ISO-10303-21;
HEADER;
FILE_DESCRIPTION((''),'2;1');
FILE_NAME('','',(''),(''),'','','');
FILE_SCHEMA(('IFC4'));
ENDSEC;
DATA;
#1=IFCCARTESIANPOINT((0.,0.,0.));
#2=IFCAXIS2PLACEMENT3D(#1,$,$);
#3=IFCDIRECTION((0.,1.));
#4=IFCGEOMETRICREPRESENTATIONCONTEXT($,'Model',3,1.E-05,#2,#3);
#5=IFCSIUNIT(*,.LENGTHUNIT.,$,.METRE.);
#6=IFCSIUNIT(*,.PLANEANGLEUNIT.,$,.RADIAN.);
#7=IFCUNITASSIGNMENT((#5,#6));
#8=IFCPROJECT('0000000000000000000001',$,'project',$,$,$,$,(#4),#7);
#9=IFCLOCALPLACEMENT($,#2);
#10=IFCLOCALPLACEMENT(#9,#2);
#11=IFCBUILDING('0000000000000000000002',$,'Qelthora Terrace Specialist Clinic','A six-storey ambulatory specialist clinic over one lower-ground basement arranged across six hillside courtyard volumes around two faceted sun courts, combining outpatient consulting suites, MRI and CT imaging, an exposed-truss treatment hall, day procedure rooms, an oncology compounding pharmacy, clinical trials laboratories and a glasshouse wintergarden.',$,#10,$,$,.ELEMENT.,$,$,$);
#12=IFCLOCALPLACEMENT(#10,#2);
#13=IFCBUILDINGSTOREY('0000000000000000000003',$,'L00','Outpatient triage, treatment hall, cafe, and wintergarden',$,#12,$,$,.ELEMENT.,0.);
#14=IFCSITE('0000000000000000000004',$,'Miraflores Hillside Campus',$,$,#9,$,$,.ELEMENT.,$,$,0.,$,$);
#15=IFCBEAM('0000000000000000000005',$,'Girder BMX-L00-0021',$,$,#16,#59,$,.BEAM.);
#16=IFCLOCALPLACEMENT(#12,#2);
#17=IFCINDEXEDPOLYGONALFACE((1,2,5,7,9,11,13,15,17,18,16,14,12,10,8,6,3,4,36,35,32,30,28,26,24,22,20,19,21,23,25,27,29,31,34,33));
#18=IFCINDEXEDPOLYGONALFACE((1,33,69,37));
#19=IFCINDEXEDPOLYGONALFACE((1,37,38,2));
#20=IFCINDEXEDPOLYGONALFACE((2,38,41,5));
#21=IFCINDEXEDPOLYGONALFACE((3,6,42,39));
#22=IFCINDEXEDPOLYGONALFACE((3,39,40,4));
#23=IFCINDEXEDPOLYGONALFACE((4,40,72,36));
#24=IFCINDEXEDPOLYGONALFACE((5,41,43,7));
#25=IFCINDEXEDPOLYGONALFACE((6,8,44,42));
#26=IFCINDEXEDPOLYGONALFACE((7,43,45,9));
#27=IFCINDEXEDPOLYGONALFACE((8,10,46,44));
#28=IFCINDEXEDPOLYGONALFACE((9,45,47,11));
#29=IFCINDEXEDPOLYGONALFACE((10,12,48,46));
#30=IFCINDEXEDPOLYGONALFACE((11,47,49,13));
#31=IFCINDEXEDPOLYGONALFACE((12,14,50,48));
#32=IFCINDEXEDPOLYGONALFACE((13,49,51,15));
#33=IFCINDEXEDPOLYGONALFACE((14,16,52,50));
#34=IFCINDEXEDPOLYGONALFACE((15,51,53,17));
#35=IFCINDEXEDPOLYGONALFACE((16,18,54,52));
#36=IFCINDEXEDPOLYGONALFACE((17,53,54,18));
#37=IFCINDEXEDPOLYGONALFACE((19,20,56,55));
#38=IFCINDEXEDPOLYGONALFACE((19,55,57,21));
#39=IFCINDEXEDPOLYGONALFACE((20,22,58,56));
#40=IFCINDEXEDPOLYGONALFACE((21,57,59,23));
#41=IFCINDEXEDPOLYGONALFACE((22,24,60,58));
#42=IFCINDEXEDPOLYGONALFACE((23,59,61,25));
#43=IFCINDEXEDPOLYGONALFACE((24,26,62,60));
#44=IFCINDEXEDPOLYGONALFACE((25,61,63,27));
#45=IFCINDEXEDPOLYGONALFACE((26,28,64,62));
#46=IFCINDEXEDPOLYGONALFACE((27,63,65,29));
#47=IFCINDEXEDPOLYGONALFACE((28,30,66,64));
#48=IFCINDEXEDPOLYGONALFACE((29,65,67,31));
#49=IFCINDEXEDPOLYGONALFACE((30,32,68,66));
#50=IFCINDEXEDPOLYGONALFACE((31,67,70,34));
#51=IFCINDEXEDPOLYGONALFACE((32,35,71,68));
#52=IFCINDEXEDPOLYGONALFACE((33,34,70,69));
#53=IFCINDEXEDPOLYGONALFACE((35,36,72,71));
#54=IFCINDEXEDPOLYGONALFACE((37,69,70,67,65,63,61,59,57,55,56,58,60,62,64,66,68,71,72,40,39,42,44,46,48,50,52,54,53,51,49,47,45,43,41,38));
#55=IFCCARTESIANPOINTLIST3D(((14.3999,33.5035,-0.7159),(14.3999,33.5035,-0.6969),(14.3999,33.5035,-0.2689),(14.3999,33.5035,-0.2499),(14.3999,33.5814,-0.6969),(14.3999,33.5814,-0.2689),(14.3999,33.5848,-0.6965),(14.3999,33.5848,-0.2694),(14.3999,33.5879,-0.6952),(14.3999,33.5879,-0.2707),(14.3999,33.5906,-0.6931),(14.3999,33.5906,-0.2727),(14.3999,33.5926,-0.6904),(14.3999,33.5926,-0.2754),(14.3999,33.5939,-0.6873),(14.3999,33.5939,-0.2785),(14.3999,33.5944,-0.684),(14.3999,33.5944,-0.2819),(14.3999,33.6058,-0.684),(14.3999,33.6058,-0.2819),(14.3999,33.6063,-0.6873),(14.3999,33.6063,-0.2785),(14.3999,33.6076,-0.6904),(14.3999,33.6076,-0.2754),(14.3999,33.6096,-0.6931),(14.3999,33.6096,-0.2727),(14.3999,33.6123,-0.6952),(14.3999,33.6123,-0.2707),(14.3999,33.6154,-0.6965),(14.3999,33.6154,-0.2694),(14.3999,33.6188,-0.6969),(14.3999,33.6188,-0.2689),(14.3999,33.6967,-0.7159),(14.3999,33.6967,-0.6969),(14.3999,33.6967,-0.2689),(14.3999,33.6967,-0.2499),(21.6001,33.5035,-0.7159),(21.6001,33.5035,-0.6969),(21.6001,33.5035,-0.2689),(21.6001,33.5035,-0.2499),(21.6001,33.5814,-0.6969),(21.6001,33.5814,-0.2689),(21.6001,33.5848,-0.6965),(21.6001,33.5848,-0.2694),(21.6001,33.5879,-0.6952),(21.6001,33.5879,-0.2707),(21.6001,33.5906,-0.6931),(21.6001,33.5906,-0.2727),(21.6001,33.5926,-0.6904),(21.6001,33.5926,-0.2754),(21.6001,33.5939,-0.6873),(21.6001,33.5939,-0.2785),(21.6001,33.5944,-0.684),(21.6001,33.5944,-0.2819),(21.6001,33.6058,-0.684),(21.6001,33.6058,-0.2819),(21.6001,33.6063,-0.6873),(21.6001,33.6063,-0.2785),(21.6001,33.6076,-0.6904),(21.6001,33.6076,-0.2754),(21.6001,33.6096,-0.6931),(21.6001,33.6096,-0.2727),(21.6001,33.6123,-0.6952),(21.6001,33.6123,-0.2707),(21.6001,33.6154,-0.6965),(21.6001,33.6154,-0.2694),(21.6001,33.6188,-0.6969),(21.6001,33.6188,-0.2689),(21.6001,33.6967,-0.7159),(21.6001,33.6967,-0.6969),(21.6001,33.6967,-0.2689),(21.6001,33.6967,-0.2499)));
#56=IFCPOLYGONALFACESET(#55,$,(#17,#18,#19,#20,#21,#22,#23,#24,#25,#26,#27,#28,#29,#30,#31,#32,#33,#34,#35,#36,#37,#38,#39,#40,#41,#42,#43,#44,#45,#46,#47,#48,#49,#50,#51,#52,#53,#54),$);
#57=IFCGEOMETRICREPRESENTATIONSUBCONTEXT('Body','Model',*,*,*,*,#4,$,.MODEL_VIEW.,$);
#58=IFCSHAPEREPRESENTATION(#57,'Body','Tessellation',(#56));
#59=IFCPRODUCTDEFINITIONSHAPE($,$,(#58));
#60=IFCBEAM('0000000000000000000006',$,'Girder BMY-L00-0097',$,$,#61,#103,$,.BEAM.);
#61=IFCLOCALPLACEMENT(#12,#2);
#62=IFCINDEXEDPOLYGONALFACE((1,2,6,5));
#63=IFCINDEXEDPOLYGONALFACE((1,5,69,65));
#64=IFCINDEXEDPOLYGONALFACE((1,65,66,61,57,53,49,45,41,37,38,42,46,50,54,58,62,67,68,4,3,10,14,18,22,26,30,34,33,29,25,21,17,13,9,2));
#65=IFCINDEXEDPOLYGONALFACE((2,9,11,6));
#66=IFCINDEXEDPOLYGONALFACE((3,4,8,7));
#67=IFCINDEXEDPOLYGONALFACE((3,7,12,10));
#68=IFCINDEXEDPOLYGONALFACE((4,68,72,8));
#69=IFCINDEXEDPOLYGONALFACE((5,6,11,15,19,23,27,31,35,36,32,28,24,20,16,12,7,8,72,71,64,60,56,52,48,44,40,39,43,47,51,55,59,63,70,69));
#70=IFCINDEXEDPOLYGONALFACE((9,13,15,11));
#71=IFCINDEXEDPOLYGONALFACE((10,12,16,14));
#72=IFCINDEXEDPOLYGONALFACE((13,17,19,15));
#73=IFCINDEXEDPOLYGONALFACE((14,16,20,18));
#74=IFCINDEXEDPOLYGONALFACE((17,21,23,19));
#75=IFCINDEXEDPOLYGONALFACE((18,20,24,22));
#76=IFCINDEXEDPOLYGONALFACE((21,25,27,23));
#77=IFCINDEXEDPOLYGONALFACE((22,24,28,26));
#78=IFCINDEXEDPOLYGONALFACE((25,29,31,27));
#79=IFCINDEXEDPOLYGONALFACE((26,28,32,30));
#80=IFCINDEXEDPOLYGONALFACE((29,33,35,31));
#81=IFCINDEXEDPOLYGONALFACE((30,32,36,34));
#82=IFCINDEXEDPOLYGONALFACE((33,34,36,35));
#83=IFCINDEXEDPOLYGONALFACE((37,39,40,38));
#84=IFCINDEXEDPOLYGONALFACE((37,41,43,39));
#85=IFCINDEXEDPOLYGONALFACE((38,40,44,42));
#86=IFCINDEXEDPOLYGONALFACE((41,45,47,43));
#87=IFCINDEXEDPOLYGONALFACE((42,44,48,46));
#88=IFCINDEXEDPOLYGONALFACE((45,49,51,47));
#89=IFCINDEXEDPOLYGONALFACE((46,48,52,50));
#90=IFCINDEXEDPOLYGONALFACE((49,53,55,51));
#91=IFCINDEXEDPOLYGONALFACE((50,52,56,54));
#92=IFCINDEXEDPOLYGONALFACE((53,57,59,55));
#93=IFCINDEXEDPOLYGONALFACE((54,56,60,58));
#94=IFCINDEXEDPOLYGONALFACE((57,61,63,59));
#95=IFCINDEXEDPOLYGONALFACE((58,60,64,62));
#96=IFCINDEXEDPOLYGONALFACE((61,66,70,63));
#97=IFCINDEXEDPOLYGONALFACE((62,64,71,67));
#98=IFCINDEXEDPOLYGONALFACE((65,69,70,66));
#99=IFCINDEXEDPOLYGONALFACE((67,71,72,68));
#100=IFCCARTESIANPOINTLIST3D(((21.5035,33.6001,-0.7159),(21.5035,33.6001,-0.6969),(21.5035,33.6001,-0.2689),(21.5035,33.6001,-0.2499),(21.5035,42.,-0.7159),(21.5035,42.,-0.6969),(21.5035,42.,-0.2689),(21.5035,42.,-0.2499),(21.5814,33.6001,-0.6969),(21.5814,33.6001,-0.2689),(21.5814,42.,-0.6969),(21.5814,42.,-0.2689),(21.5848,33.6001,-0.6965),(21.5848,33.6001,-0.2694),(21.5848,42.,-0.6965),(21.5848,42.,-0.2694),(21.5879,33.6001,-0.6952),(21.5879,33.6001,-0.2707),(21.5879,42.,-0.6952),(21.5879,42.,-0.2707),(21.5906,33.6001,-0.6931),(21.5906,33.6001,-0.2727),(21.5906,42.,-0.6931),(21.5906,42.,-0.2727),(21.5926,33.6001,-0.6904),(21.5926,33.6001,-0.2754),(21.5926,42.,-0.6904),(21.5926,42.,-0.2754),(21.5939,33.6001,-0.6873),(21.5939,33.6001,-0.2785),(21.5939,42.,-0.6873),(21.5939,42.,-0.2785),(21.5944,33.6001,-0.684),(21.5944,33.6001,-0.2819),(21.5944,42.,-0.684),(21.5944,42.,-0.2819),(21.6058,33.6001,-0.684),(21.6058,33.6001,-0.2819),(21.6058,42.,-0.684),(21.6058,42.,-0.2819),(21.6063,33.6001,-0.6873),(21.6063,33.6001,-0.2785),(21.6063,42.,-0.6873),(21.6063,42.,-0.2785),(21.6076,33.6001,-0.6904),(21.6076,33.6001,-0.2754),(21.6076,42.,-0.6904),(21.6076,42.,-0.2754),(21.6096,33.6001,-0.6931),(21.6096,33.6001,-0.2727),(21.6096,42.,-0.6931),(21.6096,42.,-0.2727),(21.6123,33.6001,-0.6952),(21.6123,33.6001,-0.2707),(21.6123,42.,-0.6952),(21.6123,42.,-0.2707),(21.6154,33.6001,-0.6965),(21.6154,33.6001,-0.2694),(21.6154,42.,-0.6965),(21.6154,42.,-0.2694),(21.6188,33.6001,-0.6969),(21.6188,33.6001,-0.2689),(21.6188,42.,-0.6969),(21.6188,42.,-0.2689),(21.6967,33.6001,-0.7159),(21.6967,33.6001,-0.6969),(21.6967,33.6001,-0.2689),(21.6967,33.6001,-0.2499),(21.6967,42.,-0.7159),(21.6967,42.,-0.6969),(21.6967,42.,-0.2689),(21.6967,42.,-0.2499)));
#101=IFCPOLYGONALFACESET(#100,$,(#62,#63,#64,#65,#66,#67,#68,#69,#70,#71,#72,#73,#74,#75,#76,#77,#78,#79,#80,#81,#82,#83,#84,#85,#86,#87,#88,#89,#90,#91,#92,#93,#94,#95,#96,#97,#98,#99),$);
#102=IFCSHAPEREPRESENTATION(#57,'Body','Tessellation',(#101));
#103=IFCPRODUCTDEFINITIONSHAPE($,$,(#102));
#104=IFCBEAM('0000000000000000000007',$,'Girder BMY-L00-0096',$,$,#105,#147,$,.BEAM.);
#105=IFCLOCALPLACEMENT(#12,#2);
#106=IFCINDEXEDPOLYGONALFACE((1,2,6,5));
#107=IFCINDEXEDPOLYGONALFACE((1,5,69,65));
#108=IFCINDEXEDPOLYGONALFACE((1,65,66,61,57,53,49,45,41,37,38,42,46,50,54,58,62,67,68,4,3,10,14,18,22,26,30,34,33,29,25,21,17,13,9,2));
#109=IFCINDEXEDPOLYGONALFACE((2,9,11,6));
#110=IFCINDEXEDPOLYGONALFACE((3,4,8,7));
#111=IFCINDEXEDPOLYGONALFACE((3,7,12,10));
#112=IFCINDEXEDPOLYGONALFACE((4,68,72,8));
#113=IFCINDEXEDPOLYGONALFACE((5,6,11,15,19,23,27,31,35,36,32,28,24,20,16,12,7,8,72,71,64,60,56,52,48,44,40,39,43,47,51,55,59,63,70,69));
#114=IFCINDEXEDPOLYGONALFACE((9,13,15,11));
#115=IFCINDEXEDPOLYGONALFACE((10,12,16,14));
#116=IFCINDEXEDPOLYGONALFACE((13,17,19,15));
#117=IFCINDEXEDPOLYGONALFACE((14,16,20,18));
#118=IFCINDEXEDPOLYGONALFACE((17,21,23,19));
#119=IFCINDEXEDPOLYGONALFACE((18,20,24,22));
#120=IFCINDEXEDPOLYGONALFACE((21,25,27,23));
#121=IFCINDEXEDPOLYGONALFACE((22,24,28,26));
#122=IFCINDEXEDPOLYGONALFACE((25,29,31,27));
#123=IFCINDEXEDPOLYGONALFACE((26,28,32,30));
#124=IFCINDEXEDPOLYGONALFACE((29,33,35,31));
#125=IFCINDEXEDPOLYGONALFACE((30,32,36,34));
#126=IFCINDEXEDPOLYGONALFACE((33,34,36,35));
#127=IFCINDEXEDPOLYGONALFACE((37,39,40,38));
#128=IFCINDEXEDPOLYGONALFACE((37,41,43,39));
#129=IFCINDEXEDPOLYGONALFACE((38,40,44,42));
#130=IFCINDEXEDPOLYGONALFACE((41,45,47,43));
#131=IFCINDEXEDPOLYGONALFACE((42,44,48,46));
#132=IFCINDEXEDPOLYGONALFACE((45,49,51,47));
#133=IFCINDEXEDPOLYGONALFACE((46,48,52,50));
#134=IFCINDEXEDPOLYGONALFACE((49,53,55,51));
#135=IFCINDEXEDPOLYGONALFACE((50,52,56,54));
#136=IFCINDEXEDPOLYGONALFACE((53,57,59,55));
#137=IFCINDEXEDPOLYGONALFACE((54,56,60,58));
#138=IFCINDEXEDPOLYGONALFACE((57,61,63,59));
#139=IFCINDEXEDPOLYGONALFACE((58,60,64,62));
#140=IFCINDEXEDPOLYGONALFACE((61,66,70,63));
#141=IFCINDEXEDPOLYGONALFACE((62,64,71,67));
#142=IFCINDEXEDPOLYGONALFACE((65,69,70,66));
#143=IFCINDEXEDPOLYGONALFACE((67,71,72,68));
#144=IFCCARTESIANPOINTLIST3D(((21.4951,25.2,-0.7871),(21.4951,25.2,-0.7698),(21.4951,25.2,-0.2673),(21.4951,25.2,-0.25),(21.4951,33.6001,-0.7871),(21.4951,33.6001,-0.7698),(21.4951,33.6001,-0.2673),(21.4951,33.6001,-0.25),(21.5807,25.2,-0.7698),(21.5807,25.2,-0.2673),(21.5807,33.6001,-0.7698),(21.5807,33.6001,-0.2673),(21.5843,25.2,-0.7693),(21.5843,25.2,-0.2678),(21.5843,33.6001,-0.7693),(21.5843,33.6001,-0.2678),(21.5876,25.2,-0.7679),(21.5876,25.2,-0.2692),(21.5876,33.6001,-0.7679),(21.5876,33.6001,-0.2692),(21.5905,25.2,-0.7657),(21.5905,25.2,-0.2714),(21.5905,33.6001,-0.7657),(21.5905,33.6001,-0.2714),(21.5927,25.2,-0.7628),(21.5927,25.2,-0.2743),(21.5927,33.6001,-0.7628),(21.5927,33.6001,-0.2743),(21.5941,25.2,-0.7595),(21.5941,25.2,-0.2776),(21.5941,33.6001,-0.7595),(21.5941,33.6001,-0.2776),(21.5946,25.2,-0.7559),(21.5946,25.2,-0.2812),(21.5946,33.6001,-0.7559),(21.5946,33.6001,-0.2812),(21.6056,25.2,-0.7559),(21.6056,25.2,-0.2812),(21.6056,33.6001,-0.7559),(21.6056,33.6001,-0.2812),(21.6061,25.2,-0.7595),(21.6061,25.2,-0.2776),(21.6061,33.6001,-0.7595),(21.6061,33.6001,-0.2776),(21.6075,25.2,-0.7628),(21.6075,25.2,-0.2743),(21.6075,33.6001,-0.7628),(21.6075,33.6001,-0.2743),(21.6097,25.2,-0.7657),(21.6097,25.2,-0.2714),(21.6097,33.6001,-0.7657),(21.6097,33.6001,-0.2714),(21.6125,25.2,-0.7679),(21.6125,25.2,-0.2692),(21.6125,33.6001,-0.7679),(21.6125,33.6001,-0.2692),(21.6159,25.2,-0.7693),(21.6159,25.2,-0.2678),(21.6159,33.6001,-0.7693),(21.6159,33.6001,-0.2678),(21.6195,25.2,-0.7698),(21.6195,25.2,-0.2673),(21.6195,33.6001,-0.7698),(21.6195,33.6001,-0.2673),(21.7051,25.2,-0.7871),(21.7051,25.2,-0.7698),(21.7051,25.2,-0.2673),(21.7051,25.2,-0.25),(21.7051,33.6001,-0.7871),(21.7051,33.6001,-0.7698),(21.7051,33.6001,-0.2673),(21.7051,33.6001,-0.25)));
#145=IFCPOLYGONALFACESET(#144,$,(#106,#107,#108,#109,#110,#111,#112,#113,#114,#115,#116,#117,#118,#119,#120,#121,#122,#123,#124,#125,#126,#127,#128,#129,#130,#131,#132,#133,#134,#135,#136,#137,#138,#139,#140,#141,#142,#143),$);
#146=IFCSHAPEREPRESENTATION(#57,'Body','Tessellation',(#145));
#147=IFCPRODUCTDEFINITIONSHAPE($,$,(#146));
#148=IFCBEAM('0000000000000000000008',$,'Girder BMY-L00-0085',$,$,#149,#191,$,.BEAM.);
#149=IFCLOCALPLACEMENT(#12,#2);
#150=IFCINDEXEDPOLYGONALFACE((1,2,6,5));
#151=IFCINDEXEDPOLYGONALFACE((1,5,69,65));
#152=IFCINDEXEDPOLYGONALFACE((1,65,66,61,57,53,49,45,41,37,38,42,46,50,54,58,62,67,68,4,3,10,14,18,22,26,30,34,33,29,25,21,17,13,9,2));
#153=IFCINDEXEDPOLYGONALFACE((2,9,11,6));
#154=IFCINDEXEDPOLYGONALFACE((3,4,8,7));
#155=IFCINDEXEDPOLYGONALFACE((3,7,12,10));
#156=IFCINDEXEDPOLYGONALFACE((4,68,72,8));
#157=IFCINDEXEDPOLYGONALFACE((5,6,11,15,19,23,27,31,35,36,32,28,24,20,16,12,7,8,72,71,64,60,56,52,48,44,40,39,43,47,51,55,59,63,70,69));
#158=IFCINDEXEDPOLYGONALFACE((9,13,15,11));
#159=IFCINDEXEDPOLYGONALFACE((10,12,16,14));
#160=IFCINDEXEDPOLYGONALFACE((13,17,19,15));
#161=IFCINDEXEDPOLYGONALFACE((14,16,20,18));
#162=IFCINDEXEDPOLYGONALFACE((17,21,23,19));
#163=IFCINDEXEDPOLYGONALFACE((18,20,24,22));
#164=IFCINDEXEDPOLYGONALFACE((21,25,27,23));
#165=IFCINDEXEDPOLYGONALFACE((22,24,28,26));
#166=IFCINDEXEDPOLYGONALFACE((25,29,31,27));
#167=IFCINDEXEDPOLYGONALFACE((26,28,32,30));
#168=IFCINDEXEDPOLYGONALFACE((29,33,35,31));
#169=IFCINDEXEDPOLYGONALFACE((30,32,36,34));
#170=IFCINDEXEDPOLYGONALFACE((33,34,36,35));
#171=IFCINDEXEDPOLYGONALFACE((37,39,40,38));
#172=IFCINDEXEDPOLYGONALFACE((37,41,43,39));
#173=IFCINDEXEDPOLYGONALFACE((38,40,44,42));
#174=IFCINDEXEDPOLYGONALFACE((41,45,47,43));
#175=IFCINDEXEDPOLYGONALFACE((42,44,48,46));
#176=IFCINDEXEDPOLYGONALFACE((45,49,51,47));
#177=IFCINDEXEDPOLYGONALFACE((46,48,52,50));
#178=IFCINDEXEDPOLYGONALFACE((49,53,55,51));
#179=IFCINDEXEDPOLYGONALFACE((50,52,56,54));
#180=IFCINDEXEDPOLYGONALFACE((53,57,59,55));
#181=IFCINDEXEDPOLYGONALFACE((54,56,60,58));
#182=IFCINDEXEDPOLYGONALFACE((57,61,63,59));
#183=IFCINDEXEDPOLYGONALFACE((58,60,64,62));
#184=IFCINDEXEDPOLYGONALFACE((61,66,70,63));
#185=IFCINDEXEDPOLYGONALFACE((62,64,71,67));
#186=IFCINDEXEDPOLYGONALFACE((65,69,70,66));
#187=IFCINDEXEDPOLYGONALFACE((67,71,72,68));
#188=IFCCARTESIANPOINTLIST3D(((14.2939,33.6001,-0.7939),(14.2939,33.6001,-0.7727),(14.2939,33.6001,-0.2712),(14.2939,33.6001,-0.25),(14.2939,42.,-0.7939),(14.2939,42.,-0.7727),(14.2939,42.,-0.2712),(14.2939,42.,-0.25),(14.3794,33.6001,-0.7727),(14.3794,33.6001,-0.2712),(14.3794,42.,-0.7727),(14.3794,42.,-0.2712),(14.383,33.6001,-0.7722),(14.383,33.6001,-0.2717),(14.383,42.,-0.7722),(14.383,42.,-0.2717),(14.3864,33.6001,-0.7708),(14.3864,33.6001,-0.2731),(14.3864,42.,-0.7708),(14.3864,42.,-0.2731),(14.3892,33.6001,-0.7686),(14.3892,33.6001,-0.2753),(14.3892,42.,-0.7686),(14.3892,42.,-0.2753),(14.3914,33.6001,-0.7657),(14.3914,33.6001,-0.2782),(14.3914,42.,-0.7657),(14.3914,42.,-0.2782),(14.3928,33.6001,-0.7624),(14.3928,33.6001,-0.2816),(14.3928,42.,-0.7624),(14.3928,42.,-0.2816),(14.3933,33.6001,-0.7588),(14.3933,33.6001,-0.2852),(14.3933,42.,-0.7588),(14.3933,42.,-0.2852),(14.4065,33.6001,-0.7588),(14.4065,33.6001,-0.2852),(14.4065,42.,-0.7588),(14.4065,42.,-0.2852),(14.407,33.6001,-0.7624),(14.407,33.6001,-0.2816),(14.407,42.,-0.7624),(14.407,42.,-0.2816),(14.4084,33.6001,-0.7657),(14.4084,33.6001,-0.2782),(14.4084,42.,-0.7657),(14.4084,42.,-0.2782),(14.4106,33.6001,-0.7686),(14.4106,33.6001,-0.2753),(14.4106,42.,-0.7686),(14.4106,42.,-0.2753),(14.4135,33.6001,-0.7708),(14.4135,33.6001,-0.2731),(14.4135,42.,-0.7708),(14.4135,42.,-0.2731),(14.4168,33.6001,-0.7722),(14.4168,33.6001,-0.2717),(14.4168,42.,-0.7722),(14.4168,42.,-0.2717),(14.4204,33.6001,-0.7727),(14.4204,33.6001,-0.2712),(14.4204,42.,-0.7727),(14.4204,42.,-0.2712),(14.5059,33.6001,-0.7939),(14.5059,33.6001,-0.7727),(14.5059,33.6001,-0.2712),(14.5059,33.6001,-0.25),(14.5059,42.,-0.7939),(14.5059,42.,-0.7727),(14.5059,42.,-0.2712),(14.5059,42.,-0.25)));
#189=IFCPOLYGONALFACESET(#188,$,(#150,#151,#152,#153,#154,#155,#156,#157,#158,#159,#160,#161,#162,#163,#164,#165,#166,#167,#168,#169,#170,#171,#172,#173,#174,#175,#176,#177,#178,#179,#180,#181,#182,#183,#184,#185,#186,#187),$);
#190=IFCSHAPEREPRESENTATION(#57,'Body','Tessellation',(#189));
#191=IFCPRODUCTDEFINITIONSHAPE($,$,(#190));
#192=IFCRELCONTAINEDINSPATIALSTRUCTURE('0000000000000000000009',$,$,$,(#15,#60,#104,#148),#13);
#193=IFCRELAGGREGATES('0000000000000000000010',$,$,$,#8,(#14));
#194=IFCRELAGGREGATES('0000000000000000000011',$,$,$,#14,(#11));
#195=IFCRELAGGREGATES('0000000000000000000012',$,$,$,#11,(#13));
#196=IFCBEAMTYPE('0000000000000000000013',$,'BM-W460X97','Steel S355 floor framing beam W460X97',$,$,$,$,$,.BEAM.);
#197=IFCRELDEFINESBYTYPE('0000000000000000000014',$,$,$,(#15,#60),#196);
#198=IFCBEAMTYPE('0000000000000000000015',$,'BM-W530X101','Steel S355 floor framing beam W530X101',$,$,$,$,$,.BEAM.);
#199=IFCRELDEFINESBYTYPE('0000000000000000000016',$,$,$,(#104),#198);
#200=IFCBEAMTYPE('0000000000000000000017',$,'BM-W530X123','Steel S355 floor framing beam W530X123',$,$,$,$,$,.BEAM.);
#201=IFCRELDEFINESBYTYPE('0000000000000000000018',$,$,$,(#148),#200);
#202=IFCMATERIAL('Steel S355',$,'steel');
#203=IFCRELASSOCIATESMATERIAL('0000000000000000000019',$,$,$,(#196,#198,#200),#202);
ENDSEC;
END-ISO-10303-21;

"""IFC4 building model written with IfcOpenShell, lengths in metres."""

from ifc_helpers import new_model, si_unit, direction, frame, origin, origin_2d, place, context, subcontext, project, spatial, i_section, extrude, material, material_profile, profile_set, type_object, element, save


model = new_model("IFC4")

# Units and contexts
model_context = context("Model", 3, precision=1e-05, world=origin(), true_north=direction((0.0, 1.0)))
body_context = subcontext(model_context, "Body", "Model", "MODEL_VIEW")
ifc_project = project(units=[si_unit("LENGTHUNIT", "METRE"), si_unit("PLANEANGLEUNIT", "RADIAN")], contexts=[model_context])

# Site, building, storey
site_placement = place(None, origin())
site = spatial("IfcSite", under=ifc_project, at=site_placement, Name="Miraflores Hillside Campus", CompositionType="ELEMENT", RefElevation=0.0)
building_placement = place(site_placement, origin())
building = spatial("IfcBuilding", under=site, at=building_placement, Name="Qelthora Terrace Specialist Clinic", Description="A six-storey ambulatory specialist clinic over one lower-ground basement arranged across six hillside courtyard volumes around two faceted sun courts, combining outpatient consulting suites, MRI and CT imaging, an exposed-truss treatment hall, day procedure rooms, an oncology compounding pharmacy, clinical trials laboratories and a glasshouse wintergarden.", CompositionType="ELEMENT")
storey_placement = place(building_placement, origin())
storey = spatial("IfcBuildingStorey", under=building, at=storey_placement, Name="L00", Description="Outpatient triage, treatment hall, cafe, and wintergarden", CompositionType="ELEMENT", Elevation=0.0)

# Shared definitions
ifc_material_1 = material(Name="Steel S355", Category="steel")

# Beams
ifc_material_profile_1 = material_profile(ifc_material_1, i_section(OverallWidth=0.1931, OverallDepth=0.4661, WebThickness=0.0115, FlangeThickness=0.019, FilletRadius=0.0129, at=origin_2d()), Name="W460X97")
ifc_profile_set_1 = profile_set([ifc_material_profile_1], Name="Steel S355")
beam_type_1 = type_object("IfcBeamType", Name="BM-W460X97", Description="Steel S355 floor framing beam W460X97", PredefinedType="BEAM", material=ifc_profile_set_1)
beam_1_placement = place(storey_placement, frame((14.3999, 33.6001, -0.4829), z_axis=(1.0, 0.0, 0.0), x_axis=(0.0, 1.0, 0.0)))
element("IfcBeam", 1, at=beam_1_placement, inside=storey, type_object=beam_type_1, Name="Girder BMX-L00-0021", PredefinedType="BEAM", context=body_context, shape_type="SweptSolid", body=[
    extrude(i_section(OverallWidth=0.1931, OverallDepth=0.4661, WebThickness=0.0115, FlangeThickness=0.019, FilletRadius=0.0129, at=origin_2d()), origin(), (0.0, 0.0, 1.0), 7.2002),
])
beam_2_placement = place(storey_placement, frame((21.6001, 33.6001, -0.4829), z_axis=(0.0, 1.0, 0.0), x_axis=(-1.0, 0.0, 0.0)))
element("IfcBeam", 2, at=beam_2_placement, inside=storey, type_object=beam_type_1, Name="Girder BMY-L00-0097", PredefinedType="BEAM", context=body_context, shape_type="SweptSolid", body=[
    extrude(i_section(OverallWidth=0.1931, OverallDepth=0.4661, WebThickness=0.0115, FlangeThickness=0.019, FilletRadius=0.0129, at=origin_2d()), origin(), (0.0, 0.0, 1.0), 8.3999),
])
ifc_material_profile_2 = material_profile(ifc_material_1, i_section(OverallWidth=0.21, OverallDepth=0.5371, WebThickness=0.011, FlangeThickness=0.0173, FilletRadius=0.0139, at=origin_2d()), Name="W530X101")
ifc_profile_set_2 = profile_set([ifc_material_profile_2], Name="Steel S355")
beam_type_2 = type_object("IfcBeamType", Name="BM-W530X101", Description="Steel S355 floor framing beam W530X101", PredefinedType="BEAM", material=ifc_profile_set_2)
beam_3_placement = place(storey_placement, frame((21.6001, 25.2, -0.5186), z_axis=(0.0, 1.0, 0.0), x_axis=(-1.0, 0.0, 0.0)))
element("IfcBeam", 3, at=beam_3_placement, inside=storey, type_object=beam_type_2, Name="Girder BMY-L00-0096", PredefinedType="BEAM", context=body_context, shape_type="SweptSolid", body=[
    extrude(i_section(OverallWidth=0.21, OverallDepth=0.5371, WebThickness=0.011, FlangeThickness=0.0173, FilletRadius=0.0139, at=origin_2d()), origin(), (0.0, 0.0, 1.0), 8.4001),
])
ifc_material_profile_3 = material_profile(ifc_material_1, i_section(OverallWidth=0.2119, OverallDepth=0.5439, WebThickness=0.0132, FlangeThickness=0.0212, FilletRadius=0.0139, at=origin_2d()), Name="W530X123")
ifc_profile_set_3 = profile_set([ifc_material_profile_3], Name="Steel S355")
beam_type_3 = type_object("IfcBeamType", Name="BM-W530X123", Description="Steel S355 floor framing beam W530X123", PredefinedType="BEAM", material=ifc_profile_set_3)
for number, where, z_axis, x_axis, name in (
    (4, (14.3999, 33.6001, -0.522), (0.0, 1.0, 0.0), (-1.0, 0.0, 0.0), "Girder BMY-L00-0085"),
):
    element("IfcBeam", number, at=place(storey_placement, frame(where, z_axis=z_axis, x_axis=x_axis)), inside=storey, type_object=beam_type_3, Name=name, PredefinedType="BEAM", context=body_context, shape_type="SweptSolid", body=[
        extrude(i_section(OverallWidth=0.2119, OverallDepth=0.5439, WebThickness=0.0132, FlangeThickness=0.0212, FilletRadius=0.0139, at=origin_2d()), origin(), (0.0, 0.0, 1.0), 8.3999),
    ])

save(model, "model.ifc")
